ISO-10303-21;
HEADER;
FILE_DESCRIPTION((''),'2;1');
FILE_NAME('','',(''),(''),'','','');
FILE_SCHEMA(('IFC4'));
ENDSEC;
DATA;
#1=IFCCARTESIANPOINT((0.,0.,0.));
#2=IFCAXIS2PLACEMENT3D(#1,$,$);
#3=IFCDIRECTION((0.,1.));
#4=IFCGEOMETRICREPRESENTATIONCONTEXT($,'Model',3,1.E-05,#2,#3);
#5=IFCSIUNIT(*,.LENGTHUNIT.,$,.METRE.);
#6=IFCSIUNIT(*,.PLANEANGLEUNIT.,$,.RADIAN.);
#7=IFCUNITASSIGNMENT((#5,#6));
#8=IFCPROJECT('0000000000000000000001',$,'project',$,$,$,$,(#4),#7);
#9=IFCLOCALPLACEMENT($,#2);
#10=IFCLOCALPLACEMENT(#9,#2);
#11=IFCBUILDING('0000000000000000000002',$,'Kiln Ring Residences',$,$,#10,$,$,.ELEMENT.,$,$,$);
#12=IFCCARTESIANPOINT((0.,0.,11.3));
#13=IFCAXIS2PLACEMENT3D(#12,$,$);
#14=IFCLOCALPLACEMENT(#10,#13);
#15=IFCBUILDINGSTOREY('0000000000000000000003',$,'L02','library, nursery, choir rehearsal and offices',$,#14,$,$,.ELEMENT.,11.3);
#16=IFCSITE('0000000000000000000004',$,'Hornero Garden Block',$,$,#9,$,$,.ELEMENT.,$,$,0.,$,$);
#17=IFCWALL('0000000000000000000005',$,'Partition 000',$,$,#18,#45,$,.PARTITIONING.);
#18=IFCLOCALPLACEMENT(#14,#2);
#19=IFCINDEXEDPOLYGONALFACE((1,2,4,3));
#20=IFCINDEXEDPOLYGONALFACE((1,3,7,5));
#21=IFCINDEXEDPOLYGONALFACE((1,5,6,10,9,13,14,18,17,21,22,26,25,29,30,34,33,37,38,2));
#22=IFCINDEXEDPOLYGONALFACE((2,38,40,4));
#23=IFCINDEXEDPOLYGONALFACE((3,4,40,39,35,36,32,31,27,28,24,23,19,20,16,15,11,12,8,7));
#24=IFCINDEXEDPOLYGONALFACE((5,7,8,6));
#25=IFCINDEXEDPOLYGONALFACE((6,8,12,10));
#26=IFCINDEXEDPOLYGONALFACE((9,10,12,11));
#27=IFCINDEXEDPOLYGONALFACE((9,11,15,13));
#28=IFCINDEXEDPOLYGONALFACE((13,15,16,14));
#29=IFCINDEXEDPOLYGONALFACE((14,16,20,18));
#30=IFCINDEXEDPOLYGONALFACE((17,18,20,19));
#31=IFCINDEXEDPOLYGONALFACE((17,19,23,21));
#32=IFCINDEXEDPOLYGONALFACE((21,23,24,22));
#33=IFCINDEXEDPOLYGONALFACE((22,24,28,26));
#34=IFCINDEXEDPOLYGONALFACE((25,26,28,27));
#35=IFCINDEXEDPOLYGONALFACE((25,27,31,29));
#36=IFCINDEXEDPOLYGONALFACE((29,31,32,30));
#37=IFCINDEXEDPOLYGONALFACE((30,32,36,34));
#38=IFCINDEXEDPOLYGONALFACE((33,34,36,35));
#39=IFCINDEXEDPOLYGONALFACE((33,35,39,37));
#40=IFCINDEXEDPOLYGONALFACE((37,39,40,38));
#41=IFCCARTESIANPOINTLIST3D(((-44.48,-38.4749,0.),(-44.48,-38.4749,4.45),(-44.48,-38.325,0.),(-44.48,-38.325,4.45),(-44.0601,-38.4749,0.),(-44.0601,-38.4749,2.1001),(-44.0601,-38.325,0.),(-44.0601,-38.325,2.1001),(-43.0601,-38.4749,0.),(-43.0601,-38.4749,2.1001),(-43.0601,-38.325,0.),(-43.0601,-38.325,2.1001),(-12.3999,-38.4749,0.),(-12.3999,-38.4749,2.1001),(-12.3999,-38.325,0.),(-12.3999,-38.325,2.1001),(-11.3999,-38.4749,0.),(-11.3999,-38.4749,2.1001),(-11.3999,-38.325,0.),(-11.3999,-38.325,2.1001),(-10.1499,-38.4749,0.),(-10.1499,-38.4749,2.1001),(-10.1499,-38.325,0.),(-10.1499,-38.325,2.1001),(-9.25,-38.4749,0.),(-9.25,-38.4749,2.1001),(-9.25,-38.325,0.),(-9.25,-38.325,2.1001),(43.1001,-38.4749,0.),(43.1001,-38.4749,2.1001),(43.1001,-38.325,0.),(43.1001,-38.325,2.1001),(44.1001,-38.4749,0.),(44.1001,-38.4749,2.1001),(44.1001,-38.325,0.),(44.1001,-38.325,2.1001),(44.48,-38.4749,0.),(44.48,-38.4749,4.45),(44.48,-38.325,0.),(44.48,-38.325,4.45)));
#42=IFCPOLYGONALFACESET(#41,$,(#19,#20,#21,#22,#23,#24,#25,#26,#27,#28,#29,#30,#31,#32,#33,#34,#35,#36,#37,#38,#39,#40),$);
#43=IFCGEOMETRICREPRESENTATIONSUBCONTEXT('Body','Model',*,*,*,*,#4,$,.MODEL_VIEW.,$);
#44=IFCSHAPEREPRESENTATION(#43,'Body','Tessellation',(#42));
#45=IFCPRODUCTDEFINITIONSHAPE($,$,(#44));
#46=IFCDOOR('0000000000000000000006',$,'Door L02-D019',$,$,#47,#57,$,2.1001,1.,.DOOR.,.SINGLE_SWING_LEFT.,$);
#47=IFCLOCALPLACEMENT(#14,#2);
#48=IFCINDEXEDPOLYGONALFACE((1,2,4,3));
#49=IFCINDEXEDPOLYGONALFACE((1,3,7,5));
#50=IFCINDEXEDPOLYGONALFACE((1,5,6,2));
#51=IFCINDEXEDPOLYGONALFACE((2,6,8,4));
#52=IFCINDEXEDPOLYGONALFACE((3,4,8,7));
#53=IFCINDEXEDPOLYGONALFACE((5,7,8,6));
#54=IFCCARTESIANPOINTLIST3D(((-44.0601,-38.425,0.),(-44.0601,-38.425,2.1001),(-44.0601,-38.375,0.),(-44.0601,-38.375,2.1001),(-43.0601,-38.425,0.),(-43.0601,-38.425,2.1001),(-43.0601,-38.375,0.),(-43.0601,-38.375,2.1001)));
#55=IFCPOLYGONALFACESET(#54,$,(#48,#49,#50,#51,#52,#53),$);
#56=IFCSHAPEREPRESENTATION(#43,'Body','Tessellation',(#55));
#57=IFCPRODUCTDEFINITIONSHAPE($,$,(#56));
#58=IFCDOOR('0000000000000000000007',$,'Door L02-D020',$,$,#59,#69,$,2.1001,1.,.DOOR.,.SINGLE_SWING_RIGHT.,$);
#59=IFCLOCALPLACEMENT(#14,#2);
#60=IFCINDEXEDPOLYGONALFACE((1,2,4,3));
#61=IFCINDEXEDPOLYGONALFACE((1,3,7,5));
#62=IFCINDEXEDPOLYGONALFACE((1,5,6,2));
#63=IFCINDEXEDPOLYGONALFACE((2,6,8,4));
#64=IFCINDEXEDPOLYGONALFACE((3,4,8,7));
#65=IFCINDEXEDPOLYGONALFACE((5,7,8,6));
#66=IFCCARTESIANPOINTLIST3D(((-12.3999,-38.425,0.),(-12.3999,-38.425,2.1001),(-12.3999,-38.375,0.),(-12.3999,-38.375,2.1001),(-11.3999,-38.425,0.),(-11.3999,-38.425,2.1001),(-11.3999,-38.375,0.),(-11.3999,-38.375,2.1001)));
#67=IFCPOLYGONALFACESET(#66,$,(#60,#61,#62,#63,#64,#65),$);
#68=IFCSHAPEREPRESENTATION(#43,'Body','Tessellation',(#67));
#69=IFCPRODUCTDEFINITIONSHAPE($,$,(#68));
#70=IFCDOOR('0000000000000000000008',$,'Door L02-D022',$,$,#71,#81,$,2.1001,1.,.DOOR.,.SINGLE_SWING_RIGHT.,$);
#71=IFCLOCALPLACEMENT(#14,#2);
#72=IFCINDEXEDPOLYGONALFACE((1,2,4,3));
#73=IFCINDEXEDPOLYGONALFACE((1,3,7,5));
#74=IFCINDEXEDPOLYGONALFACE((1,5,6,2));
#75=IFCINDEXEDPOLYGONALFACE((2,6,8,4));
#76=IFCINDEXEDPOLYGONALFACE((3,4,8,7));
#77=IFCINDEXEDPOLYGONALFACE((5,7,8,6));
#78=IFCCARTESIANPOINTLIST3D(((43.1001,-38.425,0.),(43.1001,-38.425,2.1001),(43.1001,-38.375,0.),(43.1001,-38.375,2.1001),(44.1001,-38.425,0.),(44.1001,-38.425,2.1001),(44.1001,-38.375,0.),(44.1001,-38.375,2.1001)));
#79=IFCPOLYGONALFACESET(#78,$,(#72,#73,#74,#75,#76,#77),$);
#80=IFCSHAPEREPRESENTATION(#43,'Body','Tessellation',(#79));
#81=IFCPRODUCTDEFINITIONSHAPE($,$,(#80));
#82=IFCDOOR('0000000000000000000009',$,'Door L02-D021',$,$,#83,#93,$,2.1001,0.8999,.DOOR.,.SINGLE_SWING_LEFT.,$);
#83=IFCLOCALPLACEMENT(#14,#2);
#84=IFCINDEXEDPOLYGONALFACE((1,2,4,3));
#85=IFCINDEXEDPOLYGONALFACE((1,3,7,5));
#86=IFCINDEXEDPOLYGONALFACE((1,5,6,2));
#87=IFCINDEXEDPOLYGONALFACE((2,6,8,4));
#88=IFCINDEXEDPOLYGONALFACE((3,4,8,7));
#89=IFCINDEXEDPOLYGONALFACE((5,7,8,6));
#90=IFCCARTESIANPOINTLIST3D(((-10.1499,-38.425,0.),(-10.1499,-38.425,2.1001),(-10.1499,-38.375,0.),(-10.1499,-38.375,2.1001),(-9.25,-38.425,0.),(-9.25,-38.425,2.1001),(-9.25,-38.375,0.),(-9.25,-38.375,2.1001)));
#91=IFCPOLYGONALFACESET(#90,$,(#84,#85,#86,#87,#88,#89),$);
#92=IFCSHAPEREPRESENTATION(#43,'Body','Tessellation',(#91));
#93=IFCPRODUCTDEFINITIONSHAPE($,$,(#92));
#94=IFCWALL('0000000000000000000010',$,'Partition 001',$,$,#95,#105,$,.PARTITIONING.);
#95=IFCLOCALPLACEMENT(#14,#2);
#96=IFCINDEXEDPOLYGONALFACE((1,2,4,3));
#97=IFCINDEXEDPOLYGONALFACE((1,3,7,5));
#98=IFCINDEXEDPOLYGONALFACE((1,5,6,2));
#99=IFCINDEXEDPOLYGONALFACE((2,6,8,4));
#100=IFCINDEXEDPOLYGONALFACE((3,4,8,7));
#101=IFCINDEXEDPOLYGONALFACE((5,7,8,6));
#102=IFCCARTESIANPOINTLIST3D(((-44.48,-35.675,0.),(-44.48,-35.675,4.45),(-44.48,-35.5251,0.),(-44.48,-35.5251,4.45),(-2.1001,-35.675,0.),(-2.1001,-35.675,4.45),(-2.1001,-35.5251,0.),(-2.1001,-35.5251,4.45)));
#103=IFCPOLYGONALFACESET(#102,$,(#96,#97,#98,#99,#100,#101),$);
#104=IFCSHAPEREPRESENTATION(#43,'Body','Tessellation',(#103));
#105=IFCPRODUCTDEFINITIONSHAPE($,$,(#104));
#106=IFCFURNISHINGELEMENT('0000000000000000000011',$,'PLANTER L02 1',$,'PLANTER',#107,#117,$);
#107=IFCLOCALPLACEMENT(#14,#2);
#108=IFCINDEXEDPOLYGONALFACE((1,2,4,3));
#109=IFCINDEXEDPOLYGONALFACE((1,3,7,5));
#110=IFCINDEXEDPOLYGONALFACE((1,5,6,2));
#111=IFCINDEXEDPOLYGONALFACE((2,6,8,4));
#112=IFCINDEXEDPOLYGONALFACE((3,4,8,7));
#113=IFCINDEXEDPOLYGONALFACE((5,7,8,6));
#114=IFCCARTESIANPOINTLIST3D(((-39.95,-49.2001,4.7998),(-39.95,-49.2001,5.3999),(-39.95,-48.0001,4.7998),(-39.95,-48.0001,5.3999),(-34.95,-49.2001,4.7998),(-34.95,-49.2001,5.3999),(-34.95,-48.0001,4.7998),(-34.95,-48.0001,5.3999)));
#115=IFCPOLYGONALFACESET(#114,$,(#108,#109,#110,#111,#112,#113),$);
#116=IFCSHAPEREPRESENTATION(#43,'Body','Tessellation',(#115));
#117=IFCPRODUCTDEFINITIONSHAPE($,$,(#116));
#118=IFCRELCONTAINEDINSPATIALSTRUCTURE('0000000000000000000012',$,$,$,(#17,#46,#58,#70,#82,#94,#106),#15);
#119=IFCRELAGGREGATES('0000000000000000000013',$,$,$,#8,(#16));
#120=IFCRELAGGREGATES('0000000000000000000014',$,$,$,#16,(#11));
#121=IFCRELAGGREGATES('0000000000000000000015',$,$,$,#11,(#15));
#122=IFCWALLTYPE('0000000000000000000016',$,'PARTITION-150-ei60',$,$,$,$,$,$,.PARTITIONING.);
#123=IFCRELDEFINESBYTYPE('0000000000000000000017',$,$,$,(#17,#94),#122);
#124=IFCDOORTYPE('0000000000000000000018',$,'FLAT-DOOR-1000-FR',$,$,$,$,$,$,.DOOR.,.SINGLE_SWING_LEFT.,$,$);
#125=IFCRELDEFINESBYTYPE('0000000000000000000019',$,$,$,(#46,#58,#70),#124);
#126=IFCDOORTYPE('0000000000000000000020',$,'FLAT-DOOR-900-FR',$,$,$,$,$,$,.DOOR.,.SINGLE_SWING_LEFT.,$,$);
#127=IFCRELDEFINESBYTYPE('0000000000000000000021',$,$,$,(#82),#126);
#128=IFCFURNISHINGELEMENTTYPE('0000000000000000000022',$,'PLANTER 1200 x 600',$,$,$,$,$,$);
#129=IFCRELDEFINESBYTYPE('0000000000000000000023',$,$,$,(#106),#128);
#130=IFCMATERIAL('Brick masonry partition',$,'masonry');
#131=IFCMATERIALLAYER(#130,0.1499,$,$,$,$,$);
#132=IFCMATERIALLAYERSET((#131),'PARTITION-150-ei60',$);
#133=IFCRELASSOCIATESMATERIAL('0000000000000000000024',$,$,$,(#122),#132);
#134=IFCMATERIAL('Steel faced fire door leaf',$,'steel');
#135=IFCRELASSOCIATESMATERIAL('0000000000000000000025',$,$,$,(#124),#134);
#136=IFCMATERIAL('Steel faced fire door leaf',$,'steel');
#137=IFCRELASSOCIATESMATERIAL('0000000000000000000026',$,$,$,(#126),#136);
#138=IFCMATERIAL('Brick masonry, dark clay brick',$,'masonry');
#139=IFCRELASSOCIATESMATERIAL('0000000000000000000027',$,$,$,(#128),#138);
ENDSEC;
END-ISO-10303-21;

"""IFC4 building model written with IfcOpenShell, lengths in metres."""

from ifc_helpers import new_model, si_unit, direction, frame, frame_2d, origin, origin_2d, place, context, subcontext, project, spatial, rectangle, extrude, material, layer, layer_set, type_object, element, fill, save


model = new_model("IFC4")

# Units and contexts
model_context = context("Model", 3, precision=1e-05, world=origin(), true_north=direction((0.0, 1.0)))
body_context = subcontext(model_context, "Body", "Model", "MODEL_VIEW")
ifc_project = project(units=[si_unit("LENGTHUNIT", "METRE"), si_unit("PLANEANGLEUNIT", "RADIAN")], contexts=[model_context])

# Site, building, storey
site_placement = place(None, origin())
site = spatial("IfcSite", under=ifc_project, at=site_placement, Name="Hornero Garden Block", CompositionType="ELEMENT", RefElevation=0.0)
building_placement = place(site_placement, origin())
building = spatial("IfcBuilding", under=site, at=building_placement, Name="Kiln Ring Residences", CompositionType="ELEMENT")
storey_placement = place(building_placement, frame((0.0, 0.0, 11.3)))
storey = spatial("IfcBuildingStorey", under=building, at=storey_placement, Name="L02", Description="library, nursery, choir rehearsal and offices", CompositionType="ELEMENT", Elevation=11.3)

# Wall, openings, doors
ifc_material_1 = material(Name="Brick masonry partition", Category="masonry")
ifc_layer_1 = layer(ifc_material_1, 0.1499)
ifc_layer_set_1 = layer_set([ifc_layer_1], Name="PARTITION-150-ei60")
wall_type_1 = type_object("IfcWallType", Name="PARTITION-150-ei60", PredefinedType="PARTITIONING", material=ifc_layer_set_1)
wall_1_placement = place(storey_placement, frame((-44.48, -38.3999, 0.0), z_axis=(0.0, 0.0, 1.0), x_axis=(1.0, 0.0, 0.0)))
wall_1 = element("IfcWall", 1, at=wall_1_placement, inside=storey, type_object=wall_type_1, Name="Partition 000", PredefinedType="PARTITIONING", context=body_context, shape_type="SweptSolid", body=[
    extrude(rectangle(XDim=88.96, YDim=0.1499, at=frame_2d((44.48, 0.0))), origin(), (0.0, 0.0, 1.0), 4.45),
])
opening_1_placement = place(wall_1_placement, frame((0.4199, 0.0, 0.0)))
opening_1 = element("IfcOpeningElement", 2, at=opening_1_placement, cuts=wall_1, PredefinedType="OPENING", context=body_context, shape_type="SweptSolid", body=[
    extrude(rectangle(XDim=1.0, YDim=2.1001, at=frame_2d((0.5, 1.05))), frame((0.0, 0.085, 0.0), z_axis=(0.0, -1.0, 0.0), x_axis=(1.0, 0.0, 0.0)), (0.0, 0.0, 1.0), 0.1699),
])
opening_2_placement = place(wall_1_placement, frame((32.0801, 0.0, 0.0)))
opening_2 = element("IfcOpeningElement", 3, at=opening_2_placement, cuts=wall_1, PredefinedType="OPENING", context=body_context, shape_type="SweptSolid", body=[
    extrude(rectangle(XDim=1.0, YDim=2.1001, at=frame_2d((0.5, 1.05))), frame((0.0, 0.085, 0.0), z_axis=(0.0, -1.0, 0.0), x_axis=(1.0, 0.0, 0.0)), (0.0, 0.0, 1.0), 0.1699),
])
opening_3_placement = place(wall_1_placement, frame((34.3301, 0.0, 0.0)))
opening_3 = element("IfcOpeningElement", 4, at=opening_3_placement, cuts=wall_1, PredefinedType="OPENING", context=body_context, shape_type="SweptSolid", body=[
    extrude(rectangle(XDim=0.8999, YDim=2.1001, at=frame_2d((0.45, 1.05))), frame((0.0, 0.085, 0.0), z_axis=(0.0, -1.0, 0.0), x_axis=(1.0, 0.0, 0.0)), (0.0, 0.0, 1.0), 0.1699),
])
opening_4_placement = place(wall_1_placement, frame((87.5801, 0.0, 0.0)))
opening_4 = element("IfcOpeningElement", 5, at=opening_4_placement, cuts=wall_1, PredefinedType="OPENING", context=body_context, shape_type="SweptSolid", body=[
    extrude(rectangle(XDim=1.0, YDim=2.1001, at=frame_2d((0.5, 1.05))), frame((0.0, 0.085, 0.0), z_axis=(0.0, -1.0, 0.0), x_axis=(1.0, 0.0, 0.0)), (0.0, 0.0, 1.0), 0.1699),
])
ifc_material_2 = material(Name="Steel faced fire door leaf", Category="steel")
door_type_1 = type_object("IfcDoorType", Name="FLAT-DOOR-1000-FR", OperationType="SINGLE_SWING_LEFT", PredefinedType="DOOR", material=ifc_material_2)
door_1_placement = place(opening_1_placement, origin())
door_1 = element("IfcDoor", 6, at=door_1_placement, inside=storey, type_object=door_type_1, Name="Door L02-D019", OperationType="SINGLE_SWING_LEFT", OverallHeight=2.1001, OverallWidth=1.0, PredefinedType="DOOR", context=body_context, shape_type="SweptSolid", body=[
    extrude(rectangle(XDim=1.0, YDim=2.1001, at=frame_2d((0.5, 1.05))), frame((0.0, 0.0249, 0.0), z_axis=(0.0, -1.0, 0.0), x_axis=(1.0, 0.0, 0.0)), (0.0, 0.0, 1.0), 0.05),
])
fill(opening_1, door_1)
door_2_placement = place(opening_2_placement, origin())
door_2 = element("IfcDoor", 7, at=door_2_placement, inside=storey, type_object=door_type_1, Name="Door L02-D020", OperationType="SINGLE_SWING_RIGHT", OverallHeight=2.1001, OverallWidth=1.0, PredefinedType="DOOR", context=body_context, shape_type="SweptSolid", body=[
    extrude(rectangle(XDim=1.0, YDim=2.1001, at=frame_2d((0.5, 1.05))), frame((0.0, 0.0249, 0.0), z_axis=(0.0, -1.0, 0.0), x_axis=(1.0, 0.0, 0.0)), (0.0, 0.0, 1.0), 0.05),
])
fill(opening_2, door_2)
door_3_placement = place(opening_4_placement, origin())
door_3 = element("IfcDoor", 8, at=door_3_placement, inside=storey, type_object=door_type_1, Name="Door L02-D022", OperationType="SINGLE_SWING_RIGHT", OverallHeight=2.1001, OverallWidth=1.0, PredefinedType="DOOR", context=body_context, shape_type="SweptSolid", body=[
    extrude(rectangle(XDim=1.0, YDim=2.1001, at=frame_2d((0.5, 1.05))), frame((0.0, 0.0249, 0.0), z_axis=(0.0, -1.0, 0.0), x_axis=(1.0, 0.0, 0.0)), (0.0, 0.0, 1.0), 0.05),
])
fill(opening_4, door_3)
ifc_material_3 = material(Name="Steel faced fire door leaf", Category="steel")
door_type_2 = type_object("IfcDoorType", Name="FLAT-DOOR-900-FR", OperationType="SINGLE_SWING_LEFT", PredefinedType="DOOR", material=ifc_material_3)
door_4_placement = place(opening_3_placement, origin())
door_4 = element("IfcDoor", 9, at=door_4_placement, inside=storey, type_object=door_type_2, Name="Door L02-D021", OperationType="SINGLE_SWING_LEFT", OverallHeight=2.1001, OverallWidth=0.8999, PredefinedType="DOOR", context=body_context, shape_type="SweptSolid", body=[
    extrude(rectangle(XDim=0.8999, YDim=2.1001, at=frame_2d((0.45, 1.05))), frame((0.0, 0.0249, 0.0), z_axis=(0.0, -1.0, 0.0), x_axis=(1.0, 0.0, 0.0)), (0.0, 0.0, 1.0), 0.05),
])
fill(opening_3, door_4)

# Wall
wall_2_placement = place(storey_placement, frame((-44.48, -35.6001, 0.0), z_axis=(0.0, 0.0, 1.0), x_axis=(1.0, 0.0, 0.0)))
element("IfcWall", 10, at=wall_2_placement, inside=storey, type_object=wall_type_1, Name="Partition 001", PredefinedType="PARTITIONING", context=body_context, shape_type="SweptSolid", body=[
    extrude(rectangle(XDim=42.3799, YDim=0.1499, at=frame_2d((21.1899, 0.0))), origin(), (0.0, 0.0, 1.0), 4.45),
])

# Furnishing element
ifc_material_4 = material(Name="Brick masonry, dark clay brick", Category="masonry")
furnishing_element_type = type_object("IfcFurnishingElementType", Name="PLANTER 1200 x 600", material=ifc_material_4)
furnishing_placement = place(storey_placement, frame((-37.45, -48.6001, 4.7998), z_axis=(0.0, 0.0, 1.0), x_axis=(1.0, 0.0, 0.0)))
element("IfcFurnishingElement", 11, at=furnishing_placement, inside=storey, type_object=furnishing_element_type, Name="PLANTER L02 1", ObjectType="PLANTER", context=body_context, shape_type="SweptSolid", body=[
    extrude(rectangle(XDim=5.0, YDim=1.2, at=origin_2d()), origin(), (0.0, 0.0, 1.0), 0.6001),
])

save(model, "model.ifc")
